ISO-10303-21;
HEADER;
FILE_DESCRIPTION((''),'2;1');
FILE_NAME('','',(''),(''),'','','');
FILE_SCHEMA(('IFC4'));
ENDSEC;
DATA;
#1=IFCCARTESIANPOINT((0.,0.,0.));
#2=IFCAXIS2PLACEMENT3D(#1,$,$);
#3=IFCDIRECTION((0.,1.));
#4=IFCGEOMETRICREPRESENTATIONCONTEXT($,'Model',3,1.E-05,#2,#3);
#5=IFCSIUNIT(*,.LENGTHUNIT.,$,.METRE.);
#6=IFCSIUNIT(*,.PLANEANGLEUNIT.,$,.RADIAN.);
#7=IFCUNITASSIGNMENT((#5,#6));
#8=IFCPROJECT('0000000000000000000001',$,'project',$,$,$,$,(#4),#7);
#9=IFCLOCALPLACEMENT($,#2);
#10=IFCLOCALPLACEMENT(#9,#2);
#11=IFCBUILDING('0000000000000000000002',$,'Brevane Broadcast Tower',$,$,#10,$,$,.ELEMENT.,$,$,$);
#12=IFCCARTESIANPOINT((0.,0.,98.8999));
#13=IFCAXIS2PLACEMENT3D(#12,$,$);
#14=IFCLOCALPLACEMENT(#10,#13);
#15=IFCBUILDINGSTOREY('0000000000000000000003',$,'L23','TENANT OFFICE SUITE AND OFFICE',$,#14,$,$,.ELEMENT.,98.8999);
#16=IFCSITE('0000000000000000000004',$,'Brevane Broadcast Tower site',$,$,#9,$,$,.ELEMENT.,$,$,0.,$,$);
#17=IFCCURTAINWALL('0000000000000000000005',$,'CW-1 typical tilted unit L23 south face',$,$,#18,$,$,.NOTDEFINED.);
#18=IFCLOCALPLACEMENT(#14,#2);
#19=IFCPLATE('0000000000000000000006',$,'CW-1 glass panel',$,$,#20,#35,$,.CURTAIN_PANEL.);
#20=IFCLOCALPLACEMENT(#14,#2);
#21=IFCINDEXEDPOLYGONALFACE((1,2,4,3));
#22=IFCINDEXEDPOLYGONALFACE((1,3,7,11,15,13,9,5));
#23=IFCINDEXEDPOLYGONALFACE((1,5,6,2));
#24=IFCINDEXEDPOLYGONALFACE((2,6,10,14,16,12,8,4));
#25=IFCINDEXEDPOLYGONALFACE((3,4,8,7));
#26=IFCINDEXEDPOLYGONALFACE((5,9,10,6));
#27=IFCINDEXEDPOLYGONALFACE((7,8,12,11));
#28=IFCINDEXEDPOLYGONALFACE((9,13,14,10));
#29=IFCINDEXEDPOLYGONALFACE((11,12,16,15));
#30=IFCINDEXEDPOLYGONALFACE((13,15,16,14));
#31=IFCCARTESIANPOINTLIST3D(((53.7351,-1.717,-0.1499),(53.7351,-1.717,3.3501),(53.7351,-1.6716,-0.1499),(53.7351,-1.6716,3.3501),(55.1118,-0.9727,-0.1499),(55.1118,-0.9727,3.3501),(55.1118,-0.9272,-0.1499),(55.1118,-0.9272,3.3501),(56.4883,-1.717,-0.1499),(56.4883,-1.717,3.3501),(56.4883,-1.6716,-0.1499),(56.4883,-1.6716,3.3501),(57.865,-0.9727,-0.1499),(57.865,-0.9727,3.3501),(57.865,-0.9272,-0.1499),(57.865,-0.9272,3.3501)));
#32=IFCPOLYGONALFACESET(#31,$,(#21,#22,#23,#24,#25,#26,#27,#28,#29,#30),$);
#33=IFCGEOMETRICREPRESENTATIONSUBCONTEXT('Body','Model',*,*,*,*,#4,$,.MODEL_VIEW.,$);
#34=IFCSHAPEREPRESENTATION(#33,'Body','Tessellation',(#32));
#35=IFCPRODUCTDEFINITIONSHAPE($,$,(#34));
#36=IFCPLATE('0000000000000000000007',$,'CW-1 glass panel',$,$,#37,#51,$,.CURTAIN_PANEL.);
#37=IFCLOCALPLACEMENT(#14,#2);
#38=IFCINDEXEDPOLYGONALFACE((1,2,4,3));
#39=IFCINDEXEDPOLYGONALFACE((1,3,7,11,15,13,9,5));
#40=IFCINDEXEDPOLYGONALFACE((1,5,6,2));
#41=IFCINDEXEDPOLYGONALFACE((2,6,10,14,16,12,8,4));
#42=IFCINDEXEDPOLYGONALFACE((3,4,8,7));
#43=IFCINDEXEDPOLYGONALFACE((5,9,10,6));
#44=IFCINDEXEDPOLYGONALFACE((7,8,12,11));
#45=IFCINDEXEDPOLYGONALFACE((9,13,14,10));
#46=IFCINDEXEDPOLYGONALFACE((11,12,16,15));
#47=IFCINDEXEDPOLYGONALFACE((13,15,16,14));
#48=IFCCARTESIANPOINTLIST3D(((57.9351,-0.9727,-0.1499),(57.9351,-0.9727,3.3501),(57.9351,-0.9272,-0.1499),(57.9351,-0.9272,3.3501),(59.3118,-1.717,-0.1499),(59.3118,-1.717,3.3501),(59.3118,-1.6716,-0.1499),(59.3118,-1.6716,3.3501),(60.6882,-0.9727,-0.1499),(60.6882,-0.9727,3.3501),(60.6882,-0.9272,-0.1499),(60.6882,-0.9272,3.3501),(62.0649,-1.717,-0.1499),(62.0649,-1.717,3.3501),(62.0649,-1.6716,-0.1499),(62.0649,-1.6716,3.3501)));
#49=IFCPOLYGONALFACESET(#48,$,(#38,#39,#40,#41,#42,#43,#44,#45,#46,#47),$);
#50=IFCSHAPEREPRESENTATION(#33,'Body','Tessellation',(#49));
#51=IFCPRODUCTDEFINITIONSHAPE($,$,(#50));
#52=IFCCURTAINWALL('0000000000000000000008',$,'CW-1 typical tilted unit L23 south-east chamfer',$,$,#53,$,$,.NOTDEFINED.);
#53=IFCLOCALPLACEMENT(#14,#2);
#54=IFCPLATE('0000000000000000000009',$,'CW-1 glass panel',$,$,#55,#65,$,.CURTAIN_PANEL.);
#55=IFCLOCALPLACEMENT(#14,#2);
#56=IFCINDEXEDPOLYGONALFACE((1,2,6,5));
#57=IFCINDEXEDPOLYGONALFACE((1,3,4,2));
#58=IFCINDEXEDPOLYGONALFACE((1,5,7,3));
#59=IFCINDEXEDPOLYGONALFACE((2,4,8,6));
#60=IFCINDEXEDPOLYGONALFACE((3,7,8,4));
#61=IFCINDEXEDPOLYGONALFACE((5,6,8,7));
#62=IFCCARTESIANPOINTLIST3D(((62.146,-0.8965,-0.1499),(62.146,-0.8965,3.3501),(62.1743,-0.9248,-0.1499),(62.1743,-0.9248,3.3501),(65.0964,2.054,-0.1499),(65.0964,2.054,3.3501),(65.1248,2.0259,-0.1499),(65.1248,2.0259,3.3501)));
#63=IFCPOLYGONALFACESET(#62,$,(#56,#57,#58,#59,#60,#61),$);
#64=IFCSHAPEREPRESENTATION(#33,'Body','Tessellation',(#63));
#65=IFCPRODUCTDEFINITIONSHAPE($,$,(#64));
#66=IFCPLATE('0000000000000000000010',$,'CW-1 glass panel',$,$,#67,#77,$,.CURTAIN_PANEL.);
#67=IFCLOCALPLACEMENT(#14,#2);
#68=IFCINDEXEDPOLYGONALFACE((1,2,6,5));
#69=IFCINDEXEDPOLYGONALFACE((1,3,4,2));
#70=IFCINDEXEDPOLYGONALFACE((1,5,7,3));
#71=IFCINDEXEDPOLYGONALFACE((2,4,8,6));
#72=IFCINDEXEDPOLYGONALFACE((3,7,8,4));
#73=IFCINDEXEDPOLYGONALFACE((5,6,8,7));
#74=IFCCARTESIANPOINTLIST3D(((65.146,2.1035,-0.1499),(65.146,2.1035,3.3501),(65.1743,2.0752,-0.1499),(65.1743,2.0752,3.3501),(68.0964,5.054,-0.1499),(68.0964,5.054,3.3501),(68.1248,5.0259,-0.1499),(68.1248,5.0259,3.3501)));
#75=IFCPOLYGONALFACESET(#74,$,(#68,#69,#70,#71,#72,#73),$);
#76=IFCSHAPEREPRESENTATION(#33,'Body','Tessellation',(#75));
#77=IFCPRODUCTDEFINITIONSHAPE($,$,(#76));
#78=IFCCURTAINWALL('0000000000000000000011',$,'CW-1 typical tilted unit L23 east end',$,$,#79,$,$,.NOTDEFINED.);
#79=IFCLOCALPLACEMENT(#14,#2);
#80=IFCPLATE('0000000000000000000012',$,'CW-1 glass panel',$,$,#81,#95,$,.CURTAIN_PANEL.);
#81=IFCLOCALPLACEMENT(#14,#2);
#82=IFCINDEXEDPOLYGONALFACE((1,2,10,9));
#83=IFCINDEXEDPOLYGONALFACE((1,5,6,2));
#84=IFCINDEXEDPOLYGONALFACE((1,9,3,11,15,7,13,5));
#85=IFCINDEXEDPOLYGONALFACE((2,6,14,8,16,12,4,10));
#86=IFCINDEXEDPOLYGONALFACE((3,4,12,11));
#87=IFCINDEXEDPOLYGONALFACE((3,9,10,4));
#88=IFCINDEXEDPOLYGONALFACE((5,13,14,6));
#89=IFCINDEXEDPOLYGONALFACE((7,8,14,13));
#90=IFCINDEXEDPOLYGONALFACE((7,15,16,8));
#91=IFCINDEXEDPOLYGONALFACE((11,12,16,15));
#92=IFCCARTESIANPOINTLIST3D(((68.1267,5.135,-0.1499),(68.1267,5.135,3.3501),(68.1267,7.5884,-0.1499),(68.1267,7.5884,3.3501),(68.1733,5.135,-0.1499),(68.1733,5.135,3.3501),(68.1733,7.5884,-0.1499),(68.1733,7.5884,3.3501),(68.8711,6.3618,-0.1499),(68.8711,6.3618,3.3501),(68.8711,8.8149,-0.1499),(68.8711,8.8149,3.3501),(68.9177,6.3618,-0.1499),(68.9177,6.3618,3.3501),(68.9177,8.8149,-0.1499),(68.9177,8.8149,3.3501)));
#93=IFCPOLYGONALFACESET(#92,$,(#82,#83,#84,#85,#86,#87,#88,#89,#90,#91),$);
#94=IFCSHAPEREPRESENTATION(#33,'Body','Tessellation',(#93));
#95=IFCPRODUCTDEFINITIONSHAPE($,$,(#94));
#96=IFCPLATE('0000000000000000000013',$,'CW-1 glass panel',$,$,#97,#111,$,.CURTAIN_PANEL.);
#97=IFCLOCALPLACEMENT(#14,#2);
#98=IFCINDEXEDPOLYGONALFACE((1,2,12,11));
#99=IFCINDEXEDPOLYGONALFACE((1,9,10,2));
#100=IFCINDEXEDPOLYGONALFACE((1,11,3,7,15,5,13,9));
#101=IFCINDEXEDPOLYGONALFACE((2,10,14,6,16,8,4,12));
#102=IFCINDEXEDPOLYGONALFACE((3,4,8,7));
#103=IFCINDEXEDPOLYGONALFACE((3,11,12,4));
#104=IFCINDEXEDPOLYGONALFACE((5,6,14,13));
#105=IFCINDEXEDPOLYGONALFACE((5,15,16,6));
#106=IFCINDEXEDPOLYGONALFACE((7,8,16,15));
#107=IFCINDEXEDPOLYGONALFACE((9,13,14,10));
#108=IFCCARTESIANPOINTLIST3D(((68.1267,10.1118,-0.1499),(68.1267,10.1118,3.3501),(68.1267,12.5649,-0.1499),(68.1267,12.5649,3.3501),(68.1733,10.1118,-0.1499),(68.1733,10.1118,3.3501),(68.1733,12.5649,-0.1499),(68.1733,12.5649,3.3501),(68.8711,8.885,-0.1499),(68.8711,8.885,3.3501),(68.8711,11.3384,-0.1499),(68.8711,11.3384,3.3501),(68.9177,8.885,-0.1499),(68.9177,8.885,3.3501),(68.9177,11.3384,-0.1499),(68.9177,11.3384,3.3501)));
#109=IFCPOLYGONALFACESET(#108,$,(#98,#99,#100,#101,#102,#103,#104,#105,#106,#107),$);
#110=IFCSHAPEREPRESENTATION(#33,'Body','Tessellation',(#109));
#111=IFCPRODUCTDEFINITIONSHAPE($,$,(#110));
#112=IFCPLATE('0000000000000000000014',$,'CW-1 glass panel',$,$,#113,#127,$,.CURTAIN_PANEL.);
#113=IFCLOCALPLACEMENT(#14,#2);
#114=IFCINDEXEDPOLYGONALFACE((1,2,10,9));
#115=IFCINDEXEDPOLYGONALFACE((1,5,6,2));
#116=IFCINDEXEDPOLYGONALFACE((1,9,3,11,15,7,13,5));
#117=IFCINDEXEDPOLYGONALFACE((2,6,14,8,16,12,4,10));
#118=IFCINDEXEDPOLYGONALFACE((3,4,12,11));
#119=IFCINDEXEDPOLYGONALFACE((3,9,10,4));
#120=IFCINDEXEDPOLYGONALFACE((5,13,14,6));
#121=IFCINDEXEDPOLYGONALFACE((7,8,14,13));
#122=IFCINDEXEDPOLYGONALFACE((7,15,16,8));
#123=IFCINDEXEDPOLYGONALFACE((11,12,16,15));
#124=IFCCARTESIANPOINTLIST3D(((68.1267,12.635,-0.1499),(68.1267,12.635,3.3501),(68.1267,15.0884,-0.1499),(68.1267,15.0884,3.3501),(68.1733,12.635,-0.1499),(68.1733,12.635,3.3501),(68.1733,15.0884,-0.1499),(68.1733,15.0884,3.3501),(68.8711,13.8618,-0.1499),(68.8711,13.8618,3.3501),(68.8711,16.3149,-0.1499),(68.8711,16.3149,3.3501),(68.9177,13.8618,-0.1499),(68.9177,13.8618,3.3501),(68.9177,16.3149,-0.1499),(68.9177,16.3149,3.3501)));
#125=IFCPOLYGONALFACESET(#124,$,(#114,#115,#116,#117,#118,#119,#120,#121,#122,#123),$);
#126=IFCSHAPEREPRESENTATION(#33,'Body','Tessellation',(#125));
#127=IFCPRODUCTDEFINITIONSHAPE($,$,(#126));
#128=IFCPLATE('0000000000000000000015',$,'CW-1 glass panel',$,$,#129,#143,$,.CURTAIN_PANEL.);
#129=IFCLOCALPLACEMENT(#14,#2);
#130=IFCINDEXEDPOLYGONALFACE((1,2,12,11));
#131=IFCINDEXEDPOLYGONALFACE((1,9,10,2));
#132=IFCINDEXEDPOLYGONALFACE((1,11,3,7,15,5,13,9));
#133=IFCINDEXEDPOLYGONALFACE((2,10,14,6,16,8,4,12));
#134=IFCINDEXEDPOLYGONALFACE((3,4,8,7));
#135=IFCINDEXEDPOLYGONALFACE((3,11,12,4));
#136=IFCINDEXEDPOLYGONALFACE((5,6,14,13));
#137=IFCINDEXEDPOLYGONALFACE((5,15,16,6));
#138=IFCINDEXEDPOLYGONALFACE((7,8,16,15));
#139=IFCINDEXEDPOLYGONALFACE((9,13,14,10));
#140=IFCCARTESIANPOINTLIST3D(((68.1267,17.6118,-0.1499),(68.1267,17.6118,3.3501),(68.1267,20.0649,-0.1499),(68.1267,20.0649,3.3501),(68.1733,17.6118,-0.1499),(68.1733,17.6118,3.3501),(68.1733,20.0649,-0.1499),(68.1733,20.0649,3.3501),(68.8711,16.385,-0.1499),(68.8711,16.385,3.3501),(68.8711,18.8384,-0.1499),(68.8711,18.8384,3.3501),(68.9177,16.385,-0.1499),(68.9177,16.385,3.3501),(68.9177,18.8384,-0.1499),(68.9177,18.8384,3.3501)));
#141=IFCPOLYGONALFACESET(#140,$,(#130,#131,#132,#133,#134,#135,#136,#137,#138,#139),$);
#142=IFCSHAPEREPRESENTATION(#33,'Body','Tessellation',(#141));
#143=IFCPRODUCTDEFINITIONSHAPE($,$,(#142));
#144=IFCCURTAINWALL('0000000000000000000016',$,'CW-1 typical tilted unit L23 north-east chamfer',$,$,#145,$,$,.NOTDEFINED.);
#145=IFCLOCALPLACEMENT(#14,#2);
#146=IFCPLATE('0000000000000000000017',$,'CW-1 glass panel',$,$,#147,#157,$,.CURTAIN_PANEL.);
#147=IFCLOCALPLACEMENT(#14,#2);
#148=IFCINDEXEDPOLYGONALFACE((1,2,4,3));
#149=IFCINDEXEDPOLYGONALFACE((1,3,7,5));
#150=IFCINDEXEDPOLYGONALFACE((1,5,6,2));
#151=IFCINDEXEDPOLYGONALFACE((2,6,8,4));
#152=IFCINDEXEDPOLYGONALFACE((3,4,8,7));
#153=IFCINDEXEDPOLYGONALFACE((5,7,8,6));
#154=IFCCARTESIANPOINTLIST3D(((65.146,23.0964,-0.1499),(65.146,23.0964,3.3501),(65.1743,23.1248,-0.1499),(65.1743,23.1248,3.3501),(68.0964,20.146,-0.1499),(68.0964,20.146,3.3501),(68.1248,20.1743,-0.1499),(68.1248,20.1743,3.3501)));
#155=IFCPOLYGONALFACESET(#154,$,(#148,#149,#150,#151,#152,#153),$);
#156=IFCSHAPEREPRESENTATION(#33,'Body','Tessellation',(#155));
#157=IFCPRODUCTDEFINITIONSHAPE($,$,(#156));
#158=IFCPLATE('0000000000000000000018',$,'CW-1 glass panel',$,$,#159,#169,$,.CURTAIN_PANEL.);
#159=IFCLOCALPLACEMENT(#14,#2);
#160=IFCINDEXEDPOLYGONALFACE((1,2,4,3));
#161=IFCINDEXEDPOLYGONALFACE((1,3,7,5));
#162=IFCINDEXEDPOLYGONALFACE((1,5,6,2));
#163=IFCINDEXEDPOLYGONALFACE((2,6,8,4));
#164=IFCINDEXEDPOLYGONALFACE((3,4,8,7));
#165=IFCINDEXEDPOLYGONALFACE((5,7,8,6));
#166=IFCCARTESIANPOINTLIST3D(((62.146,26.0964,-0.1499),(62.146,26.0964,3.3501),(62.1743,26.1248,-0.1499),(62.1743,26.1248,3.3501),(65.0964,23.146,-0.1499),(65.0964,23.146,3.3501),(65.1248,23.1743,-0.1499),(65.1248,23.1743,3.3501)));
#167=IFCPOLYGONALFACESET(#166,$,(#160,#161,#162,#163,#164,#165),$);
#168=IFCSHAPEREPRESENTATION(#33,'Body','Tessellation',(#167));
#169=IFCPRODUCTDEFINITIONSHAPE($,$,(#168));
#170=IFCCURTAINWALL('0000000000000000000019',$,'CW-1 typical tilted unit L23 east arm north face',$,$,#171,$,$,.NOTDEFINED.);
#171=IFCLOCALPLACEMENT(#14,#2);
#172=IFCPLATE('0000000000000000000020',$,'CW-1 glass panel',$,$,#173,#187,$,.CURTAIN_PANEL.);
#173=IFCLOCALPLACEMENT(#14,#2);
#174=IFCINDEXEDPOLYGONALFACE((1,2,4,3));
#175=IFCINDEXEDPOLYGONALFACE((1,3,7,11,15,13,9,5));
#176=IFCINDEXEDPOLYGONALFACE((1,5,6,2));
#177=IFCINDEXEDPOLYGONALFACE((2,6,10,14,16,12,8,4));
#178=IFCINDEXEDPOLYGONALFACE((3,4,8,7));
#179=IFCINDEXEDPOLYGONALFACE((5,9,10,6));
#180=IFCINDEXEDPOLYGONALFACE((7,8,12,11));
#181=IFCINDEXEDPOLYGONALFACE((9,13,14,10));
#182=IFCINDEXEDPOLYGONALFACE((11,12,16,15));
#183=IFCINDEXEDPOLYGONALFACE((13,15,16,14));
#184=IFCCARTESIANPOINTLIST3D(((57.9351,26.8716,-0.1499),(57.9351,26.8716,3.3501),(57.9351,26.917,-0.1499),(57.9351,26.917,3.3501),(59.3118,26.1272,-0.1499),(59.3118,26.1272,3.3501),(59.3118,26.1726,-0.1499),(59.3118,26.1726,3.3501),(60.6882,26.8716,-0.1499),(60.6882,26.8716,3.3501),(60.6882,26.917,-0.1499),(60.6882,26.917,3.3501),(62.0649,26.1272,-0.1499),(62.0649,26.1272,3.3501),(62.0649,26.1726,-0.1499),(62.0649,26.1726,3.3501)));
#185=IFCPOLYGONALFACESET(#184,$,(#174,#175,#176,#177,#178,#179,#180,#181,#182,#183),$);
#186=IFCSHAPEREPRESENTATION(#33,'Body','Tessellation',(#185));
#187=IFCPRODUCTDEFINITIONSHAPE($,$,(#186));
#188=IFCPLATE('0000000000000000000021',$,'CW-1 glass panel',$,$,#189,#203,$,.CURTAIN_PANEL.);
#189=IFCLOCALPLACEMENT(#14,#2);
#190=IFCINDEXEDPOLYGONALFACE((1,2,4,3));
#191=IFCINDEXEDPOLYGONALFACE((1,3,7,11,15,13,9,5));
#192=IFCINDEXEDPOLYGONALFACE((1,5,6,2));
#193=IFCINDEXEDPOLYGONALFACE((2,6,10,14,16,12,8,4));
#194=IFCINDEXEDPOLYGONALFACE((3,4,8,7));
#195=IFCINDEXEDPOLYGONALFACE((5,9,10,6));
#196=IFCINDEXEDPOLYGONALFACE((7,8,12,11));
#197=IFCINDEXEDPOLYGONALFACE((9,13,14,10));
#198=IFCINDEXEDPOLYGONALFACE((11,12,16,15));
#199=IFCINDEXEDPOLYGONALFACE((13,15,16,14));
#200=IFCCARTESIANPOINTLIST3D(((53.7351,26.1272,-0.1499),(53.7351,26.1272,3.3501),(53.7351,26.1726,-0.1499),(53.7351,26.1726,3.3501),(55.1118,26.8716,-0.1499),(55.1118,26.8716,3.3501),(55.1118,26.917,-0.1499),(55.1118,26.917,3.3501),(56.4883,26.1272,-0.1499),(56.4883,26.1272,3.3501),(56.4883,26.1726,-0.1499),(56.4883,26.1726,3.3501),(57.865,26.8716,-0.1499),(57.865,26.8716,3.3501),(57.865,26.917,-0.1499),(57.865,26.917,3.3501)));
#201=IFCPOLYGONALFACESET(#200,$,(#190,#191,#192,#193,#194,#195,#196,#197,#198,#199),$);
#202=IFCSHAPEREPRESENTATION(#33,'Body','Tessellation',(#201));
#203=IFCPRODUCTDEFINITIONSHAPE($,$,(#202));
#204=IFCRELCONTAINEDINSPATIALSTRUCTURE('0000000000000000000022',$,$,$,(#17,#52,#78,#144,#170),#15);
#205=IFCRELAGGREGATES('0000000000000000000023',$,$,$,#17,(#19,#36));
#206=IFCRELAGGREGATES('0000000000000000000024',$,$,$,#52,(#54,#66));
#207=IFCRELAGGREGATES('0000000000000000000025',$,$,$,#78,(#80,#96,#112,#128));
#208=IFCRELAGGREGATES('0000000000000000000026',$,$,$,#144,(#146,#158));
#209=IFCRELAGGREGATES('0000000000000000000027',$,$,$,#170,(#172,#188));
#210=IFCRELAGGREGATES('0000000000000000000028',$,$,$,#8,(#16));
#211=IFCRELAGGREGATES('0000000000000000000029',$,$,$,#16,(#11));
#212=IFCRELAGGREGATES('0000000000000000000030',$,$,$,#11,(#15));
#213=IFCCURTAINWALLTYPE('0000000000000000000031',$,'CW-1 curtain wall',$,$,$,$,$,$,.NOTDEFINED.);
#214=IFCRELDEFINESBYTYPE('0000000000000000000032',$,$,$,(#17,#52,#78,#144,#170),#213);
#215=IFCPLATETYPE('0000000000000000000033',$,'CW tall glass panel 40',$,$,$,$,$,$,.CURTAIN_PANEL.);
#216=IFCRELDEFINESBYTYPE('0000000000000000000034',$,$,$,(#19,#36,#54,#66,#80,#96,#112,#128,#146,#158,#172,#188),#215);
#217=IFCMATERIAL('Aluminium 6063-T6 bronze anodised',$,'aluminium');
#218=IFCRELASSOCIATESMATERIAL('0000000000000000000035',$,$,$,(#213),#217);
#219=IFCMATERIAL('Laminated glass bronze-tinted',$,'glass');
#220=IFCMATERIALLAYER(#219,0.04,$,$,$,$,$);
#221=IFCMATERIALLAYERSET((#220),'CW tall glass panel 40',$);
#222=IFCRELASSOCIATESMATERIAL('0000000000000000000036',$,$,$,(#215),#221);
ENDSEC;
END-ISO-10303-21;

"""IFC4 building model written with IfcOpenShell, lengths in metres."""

from ifc_helpers import new_model, si_unit, direction, frame, origin, place, context, subcontext, project, spatial, polyline, outline, extrude, material, layer, layer_set, type_object, element, aggregate, save


model = new_model("IFC4")

# Units and contexts
model_context = context("Model", 3, precision=1e-05, world=origin(), true_north=direction((0.0, 1.0)))
body_context = subcontext(model_context, "Body", "Model", "MODEL_VIEW")
ifc_project = project(units=[si_unit("LENGTHUNIT", "METRE"), si_unit("PLANEANGLEUNIT", "RADIAN")], contexts=[model_context])

# Site, building, storey
site_placement = place(None, origin())
site = spatial("IfcSite", under=ifc_project, at=site_placement, Name="Brevane Broadcast Tower site", CompositionType="ELEMENT", RefElevation=0.0)
building_placement = place(site_placement, origin())
building = spatial("IfcBuilding", under=site, at=building_placement, Name="Brevane Broadcast Tower", CompositionType="ELEMENT")
storey_placement = place(building_placement, frame((0.0, 0.0, 98.8999)))
storey = spatial("IfcBuildingStorey", under=building, at=storey_placement, Name="L23", Description="TENANT OFFICE SUITE AND OFFICE", CompositionType="ELEMENT", Elevation=98.8999)

# Curtain walls, plates
ifc_material_1 = material(Name="Aluminium 6063-T6 bronze anodised", Category="aluminium")
curtain_wall_type = type_object("IfcCurtainWallType", Name="CW-1 curtain wall", PredefinedType="NOTDEFINED", material=ifc_material_1)
curtain_wall_1_placement = place(storey_placement, origin())
curtain_wall_1 = element("IfcCurtainWall", 1, at=curtain_wall_1_placement, inside=storey, type_object=curtain_wall_type, Name="CW-1 typical tilted unit L23 south face", PredefinedType="NOTDEFINED")
ifc_material_2 = material(Name="Laminated glass bronze-tinted", Category="glass")
ifc_layer = layer(ifc_material_2, 0.04)
ifc_layer_set = layer_set([ifc_layer], Name="CW tall glass panel 40")
plate_type = type_object("IfcPlateType", Name="CW tall glass panel 40", PredefinedType="CURTAIN_PANEL", material=ifc_layer_set)
plate_1_placement = place(storey_placement, frame((0.0, 0.0, -0.1499)))
plate_1 = element("IfcPlate", 2, at=plate_1_placement, type_object=plate_type, Name="CW-1 glass panel", PredefinedType="CURTAIN_PANEL", context=body_context, shape_type="SweptSolid", body=[
    extrude(outline(polyline([(53.7351, -1.6716), (53.7351, -1.717), (55.1118, -0.9727), (56.4883, -1.717), (57.865, -0.9727), (57.865, -0.9272), (56.4883, -1.6716), (55.1118, -0.9272), (53.7351, -1.6716)])), origin(), (0.0, 0.0, 1.0), 3.5),
])
plate_2_placement = place(storey_placement, frame((0.0, 0.0, -0.1499)))
plate_2 = element("IfcPlate", 3, at=plate_2_placement, type_object=plate_type, Name="CW-1 glass panel", PredefinedType="CURTAIN_PANEL", context=body_context, shape_type="SweptSolid", body=[
    extrude(outline(polyline([(57.9351, -0.9272), (57.9351, -0.9727), (59.3118, -1.717), (60.6882, -0.9727), (62.0649, -1.717), (62.0649, -1.6716), (60.6882, -0.9272), (59.3118, -1.6716), (57.9351, -0.9272)])), origin(), (0.0, 0.0, 1.0), 3.5),
])
aggregate(curtain_wall_1, [plate_1, plate_2])
curtain_wall_2_placement = place(storey_placement, origin())
curtain_wall_2 = element("IfcCurtainWall", 4, at=curtain_wall_2_placement, inside=storey, type_object=curtain_wall_type, Name="CW-1 typical tilted unit L23 south-east chamfer", PredefinedType="NOTDEFINED")
plate_3_placement = place(storey_placement, frame((0.0, 0.0, -0.1499)))
plate_3 = element("IfcPlate", 5, at=plate_3_placement, type_object=plate_type, Name="CW-1 glass panel", PredefinedType="CURTAIN_PANEL", context=body_context, shape_type="SweptSolid", body=[
    extrude(outline(polyline([(62.146, -0.8965), (65.0964, 2.054), (65.1248, 2.0259), (62.1743, -0.9248), (62.146, -0.8965)])), origin(), (0.0, 0.0, 1.0), 3.5),
])
plate_4_placement = place(storey_placement, frame((0.0, 0.0, -0.1499)))
plate_4 = element("IfcPlate", 6, at=plate_4_placement, type_object=plate_type, Name="CW-1 glass panel", PredefinedType="CURTAIN_PANEL", context=body_context, shape_type="SweptSolid", body=[
    extrude(outline(polyline([(65.146, 2.1035), (68.0964, 5.054), (68.1248, 5.0259), (65.1743, 2.0752), (65.146, 2.1035)])), origin(), (0.0, 0.0, 1.0), 3.5),
])
aggregate(curtain_wall_2, [plate_3, plate_4])
curtain_wall_3_placement = place(storey_placement, origin())
curtain_wall_3 = element("IfcCurtainWall", 7, at=curtain_wall_3_placement, inside=storey, type_object=curtain_wall_type, Name="CW-1 typical tilted unit L23 east end", PredefinedType="NOTDEFINED")
plate_5_placement = place(storey_placement, frame((0.0, 0.0, -0.1499)))
plate_5 = element("IfcPlate", 8, at=plate_5_placement, type_object=plate_type, Name="CW-1 glass panel", PredefinedType="CURTAIN_PANEL", context=body_context, shape_type="SweptSolid", body=[
    extrude(outline(polyline([(68.1267, 5.135), (68.1733, 5.135), (68.9177, 6.3618), (68.1733, 7.5884), (68.9177, 8.8149), (68.8711, 8.8149), (68.1267, 7.5884), (68.8711, 6.3618), (68.1267, 5.135)])), origin(), (0.0, 0.0, 1.0), 3.5),
])
plate_6_placement = place(storey_placement, frame((0.0, 0.0, -0.1499)))
plate_6 = element("IfcPlate", 9, at=plate_6_placement, type_object=plate_type, Name="CW-1 glass panel", PredefinedType="CURTAIN_PANEL", context=body_context, shape_type="SweptSolid", body=[
    extrude(outline(polyline([(68.8711, 8.885), (68.9177, 8.885), (68.1733, 10.1118), (68.9177, 11.3384), (68.1733, 12.5649), (68.1267, 12.5649), (68.8711, 11.3384), (68.1267, 10.1118), (68.8711, 8.885)])), origin(), (0.0, 0.0, 1.0), 3.5),
])
plate_7_placement = place(storey_placement, frame((0.0, 0.0, -0.1499)))
plate_7 = element("IfcPlate", 10, at=plate_7_placement, type_object=plate_type, Name="CW-1 glass panel", PredefinedType="CURTAIN_PANEL", context=body_context, shape_type="SweptSolid", body=[
    extrude(outline(polyline([(68.1267, 12.635), (68.1733, 12.635), (68.9177, 13.8618), (68.1733, 15.0884), (68.9177, 16.3149), (68.8711, 16.3149), (68.1267, 15.0884), (68.8711, 13.8618), (68.1267, 12.635)])), origin(), (0.0, 0.0, 1.0), 3.5),
])
plate_8_placement = place(storey_placement, frame((0.0, 0.0, -0.1499)))
plate_8 = element("IfcPlate", 11, at=plate_8_placement, type_object=plate_type, Name="CW-1 glass panel", PredefinedType="CURTAIN_PANEL", context=body_context, shape_type="SweptSolid", body=[
    extrude(outline(polyline([(68.8711, 16.385), (68.9177, 16.385), (68.1733, 17.6118), (68.9177, 18.8384), (68.1733, 20.0649), (68.1267, 20.0649), (68.8711, 18.8384), (68.1267, 17.6118), (68.8711, 16.385)])), origin(), (0.0, 0.0, 1.0), 3.5),
])
aggregate(curtain_wall_3, [plate_5, plate_6, plate_7, plate_8])
curtain_wall_4_placement = place(storey_placement, origin())
curtain_wall_4 = element("IfcCurtainWall", 12, at=curtain_wall_4_placement, inside=storey, type_object=curtain_wall_type, Name="CW-1 typical tilted unit L23 north-east chamfer", PredefinedType="NOTDEFINED")
plate_9_placement = place(storey_placement, frame((0.0, 0.0, -0.1499)))
plate_9 = element("IfcPlate", 13, at=plate_9_placement, type_object=plate_type, Name="CW-1 glass panel", PredefinedType="CURTAIN_PANEL", context=body_context, shape_type="SweptSolid", body=[
    extrude(outline(polyline([(68.0964, 20.146), (65.146, 23.0964), (65.1743, 23.1248), (68.1248, 20.1743), (68.0964, 20.146)])), origin(), (0.0, 0.0, 1.0), 3.5),
])
plate_10_placement = place(storey_placement, frame((0.0, 0.0, -0.1499)))
plate_10 = element("IfcPlate", 14, at=plate_10_placement, type_object=plate_type, Name="CW-1 glass panel", PredefinedType="CURTAIN_PANEL", context=body_context, shape_type="SweptSolid", body=[
    extrude(outline(polyline([(65.0964, 23.146), (62.146, 26.0964), (62.1743, 26.1248), (65.1248, 23.1743), (65.0964, 23.146)])), origin(), (0.0, 0.0, 1.0), 3.5),
])
aggregate(curtain_wall_4, [plate_9, plate_10])
curtain_wall_5_placement = place(storey_placement, origin())
curtain_wall_5 = element("IfcCurtainWall", 15, at=curtain_wall_5_placement, inside=storey, type_object=curtain_wall_type, Name="CW-1 typical tilted unit L23 east arm north face", PredefinedType="NOTDEFINED")
plate_11_placement = place(storey_placement, frame((0.0, 0.0, -0.1499)))
plate_11 = element("IfcPlate", 16, at=plate_11_placement, type_object=plate_type, Name="CW-1 glass panel", PredefinedType="CURTAIN_PANEL", context=body_context, shape_type="SweptSolid", body=[
    extrude(outline(polyline([(62.0649, 26.1272), (62.0649, 26.1726), (60.6882, 26.917), (59.3118, 26.1726), (57.9351, 26.917), (57.9351, 26.8716), (59.3118, 26.1272), (60.6882, 26.8716), (62.0649, 26.1272)])), origin(), (0.0, 0.0, 1.0), 3.5),
])
plate_12_placement = place(storey_placement, frame((0.0, 0.0, -0.1499)))
plate_12 = element("IfcPlate", 17, at=plate_12_placement, type_object=plate_type, Name="CW-1 glass panel", PredefinedType="CURTAIN_PANEL", context=body_context, shape_type="SweptSolid", body=[
    extrude(outline(polyline([(57.865, 26.8716), (57.865, 26.917), (56.4883, 26.1726), (55.1118, 26.917), (53.7351, 26.1726), (53.7351, 26.1272), (55.1118, 26.8716), (56.4883, 26.1272), (57.865, 26.8716)])), origin(), (0.0, 0.0, 1.0), 3.5),
])
aggregate(curtain_wall_5, [plate_11, plate_12])

save(model, "model.ifc")
